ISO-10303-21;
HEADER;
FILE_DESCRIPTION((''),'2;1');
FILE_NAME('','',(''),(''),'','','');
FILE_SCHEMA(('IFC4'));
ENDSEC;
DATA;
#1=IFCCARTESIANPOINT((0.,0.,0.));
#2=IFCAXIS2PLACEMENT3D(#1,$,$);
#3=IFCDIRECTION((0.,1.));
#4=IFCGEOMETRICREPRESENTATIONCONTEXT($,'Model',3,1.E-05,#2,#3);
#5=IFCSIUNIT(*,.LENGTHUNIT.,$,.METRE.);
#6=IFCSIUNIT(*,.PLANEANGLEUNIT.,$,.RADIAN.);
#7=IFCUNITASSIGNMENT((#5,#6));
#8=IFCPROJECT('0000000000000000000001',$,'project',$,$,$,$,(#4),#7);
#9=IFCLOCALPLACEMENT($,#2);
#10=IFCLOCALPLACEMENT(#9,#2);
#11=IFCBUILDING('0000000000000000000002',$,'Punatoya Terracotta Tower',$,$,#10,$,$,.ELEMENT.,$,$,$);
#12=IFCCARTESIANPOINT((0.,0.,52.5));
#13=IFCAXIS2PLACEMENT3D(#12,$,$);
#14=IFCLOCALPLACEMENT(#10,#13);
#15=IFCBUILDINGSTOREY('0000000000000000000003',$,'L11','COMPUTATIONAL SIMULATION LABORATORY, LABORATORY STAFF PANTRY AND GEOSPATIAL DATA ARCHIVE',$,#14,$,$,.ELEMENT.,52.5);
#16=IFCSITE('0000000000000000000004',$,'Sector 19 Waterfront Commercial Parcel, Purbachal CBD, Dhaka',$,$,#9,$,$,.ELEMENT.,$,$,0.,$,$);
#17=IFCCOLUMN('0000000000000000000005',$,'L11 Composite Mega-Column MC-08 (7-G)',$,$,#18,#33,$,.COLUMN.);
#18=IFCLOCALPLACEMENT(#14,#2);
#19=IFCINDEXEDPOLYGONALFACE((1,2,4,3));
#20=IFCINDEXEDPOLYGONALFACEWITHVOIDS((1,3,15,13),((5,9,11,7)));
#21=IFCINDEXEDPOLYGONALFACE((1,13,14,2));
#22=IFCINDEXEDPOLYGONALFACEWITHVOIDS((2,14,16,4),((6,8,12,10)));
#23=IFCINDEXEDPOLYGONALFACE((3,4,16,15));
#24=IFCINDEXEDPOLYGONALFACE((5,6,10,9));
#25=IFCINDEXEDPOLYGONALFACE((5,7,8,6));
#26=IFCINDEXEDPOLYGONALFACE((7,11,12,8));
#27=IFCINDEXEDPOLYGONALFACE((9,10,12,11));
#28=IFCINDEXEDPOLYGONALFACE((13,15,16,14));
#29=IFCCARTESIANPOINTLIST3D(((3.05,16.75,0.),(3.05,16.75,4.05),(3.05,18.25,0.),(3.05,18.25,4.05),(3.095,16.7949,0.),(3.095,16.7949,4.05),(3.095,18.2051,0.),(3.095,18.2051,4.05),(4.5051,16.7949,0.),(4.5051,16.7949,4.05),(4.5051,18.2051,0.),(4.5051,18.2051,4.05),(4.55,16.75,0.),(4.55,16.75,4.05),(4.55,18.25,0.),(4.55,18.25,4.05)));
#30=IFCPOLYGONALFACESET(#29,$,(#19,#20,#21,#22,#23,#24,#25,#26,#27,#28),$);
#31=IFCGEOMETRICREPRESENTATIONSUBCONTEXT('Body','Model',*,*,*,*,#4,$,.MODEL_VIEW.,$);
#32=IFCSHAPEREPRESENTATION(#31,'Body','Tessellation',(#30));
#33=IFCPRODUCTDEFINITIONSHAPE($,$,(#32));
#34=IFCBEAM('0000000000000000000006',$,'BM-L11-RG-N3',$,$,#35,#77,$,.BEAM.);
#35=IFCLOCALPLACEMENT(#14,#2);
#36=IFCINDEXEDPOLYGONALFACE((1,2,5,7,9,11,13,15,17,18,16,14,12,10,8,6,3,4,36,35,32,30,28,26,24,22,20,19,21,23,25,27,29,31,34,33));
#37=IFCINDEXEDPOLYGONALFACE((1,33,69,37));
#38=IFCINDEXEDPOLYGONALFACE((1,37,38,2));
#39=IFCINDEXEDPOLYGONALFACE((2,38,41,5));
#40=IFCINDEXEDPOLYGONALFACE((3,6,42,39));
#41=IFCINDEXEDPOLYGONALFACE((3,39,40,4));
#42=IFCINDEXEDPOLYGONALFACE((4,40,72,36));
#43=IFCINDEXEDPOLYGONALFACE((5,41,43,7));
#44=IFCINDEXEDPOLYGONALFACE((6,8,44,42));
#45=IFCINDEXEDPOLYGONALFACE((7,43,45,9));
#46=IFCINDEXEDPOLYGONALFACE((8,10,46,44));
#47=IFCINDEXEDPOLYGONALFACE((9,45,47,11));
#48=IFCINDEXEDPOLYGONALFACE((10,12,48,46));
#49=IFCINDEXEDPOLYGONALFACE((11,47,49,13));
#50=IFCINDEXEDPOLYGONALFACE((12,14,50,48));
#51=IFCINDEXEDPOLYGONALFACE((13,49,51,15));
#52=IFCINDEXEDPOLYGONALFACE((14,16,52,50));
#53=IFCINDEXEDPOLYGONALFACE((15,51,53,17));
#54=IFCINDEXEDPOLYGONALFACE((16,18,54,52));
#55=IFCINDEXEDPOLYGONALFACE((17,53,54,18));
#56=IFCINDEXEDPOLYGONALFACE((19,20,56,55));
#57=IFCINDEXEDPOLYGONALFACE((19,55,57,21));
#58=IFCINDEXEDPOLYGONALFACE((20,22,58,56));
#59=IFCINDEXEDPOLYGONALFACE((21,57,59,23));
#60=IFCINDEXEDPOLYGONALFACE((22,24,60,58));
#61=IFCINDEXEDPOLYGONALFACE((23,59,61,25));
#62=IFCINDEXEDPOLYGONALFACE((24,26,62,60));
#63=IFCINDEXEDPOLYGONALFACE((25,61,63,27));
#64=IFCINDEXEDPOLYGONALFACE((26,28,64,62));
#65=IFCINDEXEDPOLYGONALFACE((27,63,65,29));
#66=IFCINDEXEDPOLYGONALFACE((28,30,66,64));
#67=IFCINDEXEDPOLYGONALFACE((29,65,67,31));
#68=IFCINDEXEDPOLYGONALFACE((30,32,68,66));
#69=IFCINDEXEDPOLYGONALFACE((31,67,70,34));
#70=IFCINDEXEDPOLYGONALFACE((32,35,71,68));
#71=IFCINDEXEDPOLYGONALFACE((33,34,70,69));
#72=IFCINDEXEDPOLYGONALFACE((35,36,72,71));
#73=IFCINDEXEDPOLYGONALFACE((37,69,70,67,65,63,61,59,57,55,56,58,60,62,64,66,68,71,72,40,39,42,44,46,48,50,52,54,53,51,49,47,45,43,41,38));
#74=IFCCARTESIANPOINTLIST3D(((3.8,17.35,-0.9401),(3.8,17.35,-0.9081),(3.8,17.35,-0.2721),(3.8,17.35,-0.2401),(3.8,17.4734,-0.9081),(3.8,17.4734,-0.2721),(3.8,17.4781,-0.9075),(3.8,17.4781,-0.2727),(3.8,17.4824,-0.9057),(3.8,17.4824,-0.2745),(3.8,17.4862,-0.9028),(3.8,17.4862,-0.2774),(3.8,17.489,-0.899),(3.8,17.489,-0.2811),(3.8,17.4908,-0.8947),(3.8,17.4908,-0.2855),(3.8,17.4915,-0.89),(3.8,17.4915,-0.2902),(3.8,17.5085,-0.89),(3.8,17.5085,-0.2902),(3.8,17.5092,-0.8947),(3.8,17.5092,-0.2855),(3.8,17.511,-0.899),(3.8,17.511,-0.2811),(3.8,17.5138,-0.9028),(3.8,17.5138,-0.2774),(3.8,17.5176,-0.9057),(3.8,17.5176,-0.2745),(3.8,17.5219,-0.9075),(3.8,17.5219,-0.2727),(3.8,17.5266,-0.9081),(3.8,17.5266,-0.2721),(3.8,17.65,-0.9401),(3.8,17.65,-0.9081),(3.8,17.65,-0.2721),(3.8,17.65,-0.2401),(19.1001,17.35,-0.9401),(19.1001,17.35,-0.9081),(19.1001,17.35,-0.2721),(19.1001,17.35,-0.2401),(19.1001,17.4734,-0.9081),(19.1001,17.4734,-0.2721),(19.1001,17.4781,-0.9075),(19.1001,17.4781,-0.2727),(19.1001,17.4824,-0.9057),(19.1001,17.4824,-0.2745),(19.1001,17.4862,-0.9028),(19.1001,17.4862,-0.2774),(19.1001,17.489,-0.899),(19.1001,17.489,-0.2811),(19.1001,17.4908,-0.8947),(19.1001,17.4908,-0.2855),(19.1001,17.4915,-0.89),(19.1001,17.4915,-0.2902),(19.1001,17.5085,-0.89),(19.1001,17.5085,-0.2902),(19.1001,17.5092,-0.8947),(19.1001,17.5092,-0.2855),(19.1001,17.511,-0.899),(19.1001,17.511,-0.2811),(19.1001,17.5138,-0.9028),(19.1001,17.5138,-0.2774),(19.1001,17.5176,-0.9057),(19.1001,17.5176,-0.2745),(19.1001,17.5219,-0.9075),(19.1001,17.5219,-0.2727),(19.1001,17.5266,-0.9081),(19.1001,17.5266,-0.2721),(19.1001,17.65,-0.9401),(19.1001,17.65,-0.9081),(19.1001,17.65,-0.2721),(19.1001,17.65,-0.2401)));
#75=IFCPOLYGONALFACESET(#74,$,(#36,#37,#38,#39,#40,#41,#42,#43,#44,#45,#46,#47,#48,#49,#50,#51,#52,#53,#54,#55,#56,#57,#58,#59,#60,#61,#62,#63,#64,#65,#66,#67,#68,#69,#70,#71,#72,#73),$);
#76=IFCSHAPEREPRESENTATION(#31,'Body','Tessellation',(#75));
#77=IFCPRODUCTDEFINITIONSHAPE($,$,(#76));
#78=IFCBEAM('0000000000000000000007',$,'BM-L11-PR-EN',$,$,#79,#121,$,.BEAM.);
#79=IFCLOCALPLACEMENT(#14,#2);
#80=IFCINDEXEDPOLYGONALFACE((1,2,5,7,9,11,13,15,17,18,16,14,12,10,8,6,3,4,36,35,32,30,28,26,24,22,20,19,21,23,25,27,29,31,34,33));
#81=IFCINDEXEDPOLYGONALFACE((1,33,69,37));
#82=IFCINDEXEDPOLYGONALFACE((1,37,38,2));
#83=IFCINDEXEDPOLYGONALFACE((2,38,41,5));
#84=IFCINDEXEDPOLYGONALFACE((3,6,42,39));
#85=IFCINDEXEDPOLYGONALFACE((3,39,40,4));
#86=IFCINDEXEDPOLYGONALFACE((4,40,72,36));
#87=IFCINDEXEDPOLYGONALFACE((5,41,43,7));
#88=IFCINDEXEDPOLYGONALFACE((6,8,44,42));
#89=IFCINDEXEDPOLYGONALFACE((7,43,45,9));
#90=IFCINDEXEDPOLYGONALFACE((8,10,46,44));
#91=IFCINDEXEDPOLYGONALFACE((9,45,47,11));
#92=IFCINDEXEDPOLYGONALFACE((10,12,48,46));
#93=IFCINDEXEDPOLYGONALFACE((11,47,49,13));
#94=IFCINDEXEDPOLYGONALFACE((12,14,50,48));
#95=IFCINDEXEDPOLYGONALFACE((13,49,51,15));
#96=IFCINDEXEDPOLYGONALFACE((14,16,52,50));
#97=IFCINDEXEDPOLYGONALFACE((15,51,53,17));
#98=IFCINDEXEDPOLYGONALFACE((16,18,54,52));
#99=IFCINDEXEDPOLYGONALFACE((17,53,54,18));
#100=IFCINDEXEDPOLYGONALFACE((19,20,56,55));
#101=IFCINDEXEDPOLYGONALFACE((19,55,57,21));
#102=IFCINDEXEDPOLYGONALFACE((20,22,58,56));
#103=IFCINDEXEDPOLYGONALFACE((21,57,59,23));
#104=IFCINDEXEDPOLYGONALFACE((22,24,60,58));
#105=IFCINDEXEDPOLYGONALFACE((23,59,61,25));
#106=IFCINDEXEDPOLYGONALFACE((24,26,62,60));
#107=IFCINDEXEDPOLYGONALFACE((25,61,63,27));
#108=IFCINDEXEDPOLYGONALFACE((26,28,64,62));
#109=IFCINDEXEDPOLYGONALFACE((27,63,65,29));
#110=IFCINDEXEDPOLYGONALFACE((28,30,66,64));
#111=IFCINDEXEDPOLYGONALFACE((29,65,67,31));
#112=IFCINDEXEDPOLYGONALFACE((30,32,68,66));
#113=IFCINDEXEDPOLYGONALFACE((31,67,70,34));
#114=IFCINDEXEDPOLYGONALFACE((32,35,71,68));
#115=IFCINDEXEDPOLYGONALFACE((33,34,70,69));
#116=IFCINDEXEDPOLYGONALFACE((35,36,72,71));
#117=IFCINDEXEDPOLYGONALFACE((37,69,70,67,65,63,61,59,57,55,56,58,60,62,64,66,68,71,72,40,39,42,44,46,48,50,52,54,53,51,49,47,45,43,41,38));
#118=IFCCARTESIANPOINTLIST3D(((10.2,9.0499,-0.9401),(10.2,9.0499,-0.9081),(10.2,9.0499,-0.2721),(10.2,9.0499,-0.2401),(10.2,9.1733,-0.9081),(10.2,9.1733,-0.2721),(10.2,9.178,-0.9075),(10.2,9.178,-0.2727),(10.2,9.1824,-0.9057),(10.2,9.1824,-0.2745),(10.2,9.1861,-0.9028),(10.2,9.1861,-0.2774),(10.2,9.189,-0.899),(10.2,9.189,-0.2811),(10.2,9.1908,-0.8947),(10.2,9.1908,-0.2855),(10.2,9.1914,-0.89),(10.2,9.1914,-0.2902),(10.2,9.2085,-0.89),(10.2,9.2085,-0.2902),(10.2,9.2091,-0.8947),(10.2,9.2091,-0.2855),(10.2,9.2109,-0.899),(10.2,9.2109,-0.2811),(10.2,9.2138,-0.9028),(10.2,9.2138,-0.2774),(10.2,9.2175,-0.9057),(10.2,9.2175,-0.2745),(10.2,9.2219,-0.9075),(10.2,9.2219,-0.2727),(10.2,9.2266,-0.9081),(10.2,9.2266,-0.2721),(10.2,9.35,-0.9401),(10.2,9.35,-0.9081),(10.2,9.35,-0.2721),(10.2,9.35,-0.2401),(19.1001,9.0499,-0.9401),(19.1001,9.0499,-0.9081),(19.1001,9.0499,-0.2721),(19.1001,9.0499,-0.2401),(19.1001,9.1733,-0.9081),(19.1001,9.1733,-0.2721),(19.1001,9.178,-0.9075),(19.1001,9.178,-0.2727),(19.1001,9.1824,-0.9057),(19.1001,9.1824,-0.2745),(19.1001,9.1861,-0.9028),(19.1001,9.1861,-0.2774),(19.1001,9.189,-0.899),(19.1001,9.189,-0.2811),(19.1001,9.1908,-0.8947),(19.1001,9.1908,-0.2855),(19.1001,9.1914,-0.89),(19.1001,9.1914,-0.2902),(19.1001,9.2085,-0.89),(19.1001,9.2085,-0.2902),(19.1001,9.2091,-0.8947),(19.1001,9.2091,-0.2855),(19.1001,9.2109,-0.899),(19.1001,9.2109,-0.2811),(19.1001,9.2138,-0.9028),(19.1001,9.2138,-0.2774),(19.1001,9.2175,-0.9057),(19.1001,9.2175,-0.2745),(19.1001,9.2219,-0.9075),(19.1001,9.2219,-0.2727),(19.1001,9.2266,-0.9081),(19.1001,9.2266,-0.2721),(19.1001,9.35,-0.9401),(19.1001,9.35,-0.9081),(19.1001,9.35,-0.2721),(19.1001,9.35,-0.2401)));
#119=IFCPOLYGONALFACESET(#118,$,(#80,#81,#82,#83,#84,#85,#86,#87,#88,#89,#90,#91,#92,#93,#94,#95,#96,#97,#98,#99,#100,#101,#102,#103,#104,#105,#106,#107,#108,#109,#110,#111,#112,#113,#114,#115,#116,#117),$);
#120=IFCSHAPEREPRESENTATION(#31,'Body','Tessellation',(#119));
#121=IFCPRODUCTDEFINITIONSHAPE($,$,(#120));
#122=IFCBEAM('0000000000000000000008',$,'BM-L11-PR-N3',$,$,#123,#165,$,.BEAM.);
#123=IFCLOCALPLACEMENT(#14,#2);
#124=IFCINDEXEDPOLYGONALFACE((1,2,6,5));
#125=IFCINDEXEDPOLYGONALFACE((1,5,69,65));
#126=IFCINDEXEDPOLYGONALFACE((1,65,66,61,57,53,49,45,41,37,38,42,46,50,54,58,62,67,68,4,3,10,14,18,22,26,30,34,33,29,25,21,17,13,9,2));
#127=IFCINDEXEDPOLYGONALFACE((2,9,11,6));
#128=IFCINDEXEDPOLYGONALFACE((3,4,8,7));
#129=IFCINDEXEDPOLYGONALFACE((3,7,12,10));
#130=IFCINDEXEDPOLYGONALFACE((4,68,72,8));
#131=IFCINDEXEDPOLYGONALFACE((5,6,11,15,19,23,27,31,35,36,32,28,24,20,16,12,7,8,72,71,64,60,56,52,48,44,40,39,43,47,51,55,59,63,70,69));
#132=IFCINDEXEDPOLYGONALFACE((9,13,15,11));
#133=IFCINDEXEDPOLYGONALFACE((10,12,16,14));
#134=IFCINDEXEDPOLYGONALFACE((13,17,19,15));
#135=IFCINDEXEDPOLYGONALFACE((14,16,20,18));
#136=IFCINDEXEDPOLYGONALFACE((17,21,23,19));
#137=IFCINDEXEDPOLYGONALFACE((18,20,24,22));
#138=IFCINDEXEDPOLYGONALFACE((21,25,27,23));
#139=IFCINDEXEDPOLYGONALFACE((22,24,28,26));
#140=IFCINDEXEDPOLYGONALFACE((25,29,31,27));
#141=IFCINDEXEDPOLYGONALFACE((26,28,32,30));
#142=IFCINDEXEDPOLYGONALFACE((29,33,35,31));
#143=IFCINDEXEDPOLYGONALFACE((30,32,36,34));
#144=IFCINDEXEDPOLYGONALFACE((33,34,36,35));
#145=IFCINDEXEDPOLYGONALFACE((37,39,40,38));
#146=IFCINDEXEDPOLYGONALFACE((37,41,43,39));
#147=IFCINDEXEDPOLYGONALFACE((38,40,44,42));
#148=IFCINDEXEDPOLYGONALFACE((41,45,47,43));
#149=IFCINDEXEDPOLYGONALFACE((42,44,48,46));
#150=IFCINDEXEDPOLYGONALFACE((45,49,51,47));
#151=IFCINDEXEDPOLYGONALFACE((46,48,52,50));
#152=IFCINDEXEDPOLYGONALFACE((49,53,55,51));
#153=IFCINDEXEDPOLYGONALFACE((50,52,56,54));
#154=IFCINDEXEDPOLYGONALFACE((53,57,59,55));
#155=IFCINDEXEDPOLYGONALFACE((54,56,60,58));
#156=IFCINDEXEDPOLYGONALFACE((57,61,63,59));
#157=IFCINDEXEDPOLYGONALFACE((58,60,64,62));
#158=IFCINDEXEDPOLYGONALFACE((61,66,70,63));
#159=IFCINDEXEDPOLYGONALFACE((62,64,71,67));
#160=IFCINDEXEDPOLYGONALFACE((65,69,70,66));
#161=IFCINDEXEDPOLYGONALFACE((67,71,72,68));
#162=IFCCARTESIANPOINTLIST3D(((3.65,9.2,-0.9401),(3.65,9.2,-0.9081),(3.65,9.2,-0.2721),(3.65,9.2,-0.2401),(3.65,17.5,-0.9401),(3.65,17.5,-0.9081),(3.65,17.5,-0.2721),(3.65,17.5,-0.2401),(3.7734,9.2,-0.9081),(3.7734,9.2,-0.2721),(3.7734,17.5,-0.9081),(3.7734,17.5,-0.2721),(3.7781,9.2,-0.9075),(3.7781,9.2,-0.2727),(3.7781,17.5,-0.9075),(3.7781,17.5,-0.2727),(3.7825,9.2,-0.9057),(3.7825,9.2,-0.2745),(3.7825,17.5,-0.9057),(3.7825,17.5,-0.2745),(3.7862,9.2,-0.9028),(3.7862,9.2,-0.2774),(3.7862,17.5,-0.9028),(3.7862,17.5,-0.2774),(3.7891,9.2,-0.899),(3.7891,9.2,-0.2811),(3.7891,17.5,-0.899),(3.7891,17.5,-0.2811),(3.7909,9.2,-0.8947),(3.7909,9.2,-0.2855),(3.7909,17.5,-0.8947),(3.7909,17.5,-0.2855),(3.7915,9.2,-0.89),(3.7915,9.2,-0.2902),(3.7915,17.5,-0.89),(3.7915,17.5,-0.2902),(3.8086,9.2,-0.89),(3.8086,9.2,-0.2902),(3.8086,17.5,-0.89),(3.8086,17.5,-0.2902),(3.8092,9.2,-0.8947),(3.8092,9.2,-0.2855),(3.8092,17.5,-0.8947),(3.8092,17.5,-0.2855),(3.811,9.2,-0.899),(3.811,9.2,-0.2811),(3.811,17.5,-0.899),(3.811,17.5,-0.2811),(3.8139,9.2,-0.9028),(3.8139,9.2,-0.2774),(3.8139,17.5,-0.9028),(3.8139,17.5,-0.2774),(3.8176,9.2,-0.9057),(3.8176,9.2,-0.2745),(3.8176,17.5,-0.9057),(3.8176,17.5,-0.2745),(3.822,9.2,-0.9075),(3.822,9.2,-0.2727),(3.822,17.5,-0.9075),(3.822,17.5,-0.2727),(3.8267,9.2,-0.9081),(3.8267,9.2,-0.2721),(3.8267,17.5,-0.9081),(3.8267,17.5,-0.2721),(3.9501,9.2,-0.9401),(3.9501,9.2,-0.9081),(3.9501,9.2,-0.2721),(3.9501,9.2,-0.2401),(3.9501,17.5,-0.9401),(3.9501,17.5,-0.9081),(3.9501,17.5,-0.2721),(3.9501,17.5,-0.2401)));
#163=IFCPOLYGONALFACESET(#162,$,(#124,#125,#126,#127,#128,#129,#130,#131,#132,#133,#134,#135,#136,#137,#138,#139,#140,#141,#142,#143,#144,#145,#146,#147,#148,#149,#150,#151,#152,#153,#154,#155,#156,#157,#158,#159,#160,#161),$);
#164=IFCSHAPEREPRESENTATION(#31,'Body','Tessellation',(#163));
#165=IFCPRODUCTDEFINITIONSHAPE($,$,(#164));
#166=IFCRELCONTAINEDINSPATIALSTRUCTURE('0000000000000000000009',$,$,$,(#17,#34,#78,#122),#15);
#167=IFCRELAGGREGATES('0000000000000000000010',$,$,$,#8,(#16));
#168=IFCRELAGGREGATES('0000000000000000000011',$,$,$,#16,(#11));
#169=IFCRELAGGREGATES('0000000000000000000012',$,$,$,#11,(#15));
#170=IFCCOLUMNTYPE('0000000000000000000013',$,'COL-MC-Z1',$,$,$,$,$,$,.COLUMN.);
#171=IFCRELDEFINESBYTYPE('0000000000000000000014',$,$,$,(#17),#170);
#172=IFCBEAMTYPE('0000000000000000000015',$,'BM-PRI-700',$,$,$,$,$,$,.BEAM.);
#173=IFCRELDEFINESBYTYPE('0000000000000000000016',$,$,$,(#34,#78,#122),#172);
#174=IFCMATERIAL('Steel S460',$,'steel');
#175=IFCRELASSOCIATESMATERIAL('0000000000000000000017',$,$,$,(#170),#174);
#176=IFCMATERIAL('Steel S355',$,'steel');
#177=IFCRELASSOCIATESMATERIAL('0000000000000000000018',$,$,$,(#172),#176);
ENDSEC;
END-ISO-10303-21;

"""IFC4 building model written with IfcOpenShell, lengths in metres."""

from ifc_helpers import new_model, si_unit, direction, frame, origin, origin_2d, place, context, subcontext, project, spatial, hollow_rectangle, i_section, extrude, material, material_profile, profile_set, type_object, element, save


model = new_model("IFC4")

# Units and contexts
model_context = context("Model", 3, precision=1e-05, world=origin(), true_north=direction((0.0, 1.0)))
body_context = subcontext(model_context, "Body", "Model", "MODEL_VIEW")
ifc_project = project(units=[si_unit("LENGTHUNIT", "METRE"), si_unit("PLANEANGLEUNIT", "RADIAN")], contexts=[model_context])

# Site, building, storey
site_placement = place(None, origin())
site = spatial("IfcSite", under=ifc_project, at=site_placement, Name="Sector 19 Waterfront Commercial Parcel, Purbachal CBD, Dhaka", CompositionType="ELEMENT", RefElevation=0.0)
building_placement = place(site_placement, origin())
building = spatial("IfcBuilding", under=site, at=building_placement, Name="Punatoya Terracotta Tower", CompositionType="ELEMENT")
storey_placement = place(building_placement, frame((0.0, 0.0, 52.5)))
storey = spatial("IfcBuildingStorey", under=building, at=storey_placement, Name="L11", Description="COMPUTATIONAL SIMULATION LABORATORY, LABORATORY STAFF PANTRY AND GEOSPATIAL DATA ARCHIVE", CompositionType="ELEMENT", Elevation=52.5)

# Column
ifc_material_1 = material(Name="Steel S460", Category="steel")
ifc_material_profile_1 = material_profile(ifc_material_1, hollow_rectangle(XDim=1.5, YDim=1.5, WallThickness=0.0449, at=origin_2d()))
ifc_profile_set_1 = profile_set([ifc_material_profile_1], Name="Steel S460")
column_type = type_object("IfcColumnType", Name="COL-MC-Z1", PredefinedType="COLUMN", material=ifc_profile_set_1)
column_placement = place(storey_placement, frame((3.8, 17.5, 0.0), z_axis=(0.0, 0.0, 1.0), x_axis=(1.0, 0.0, 0.0)))
element("IfcColumn", 1, at=column_placement, inside=storey, type_object=column_type, Name="L11 Composite Mega-Column MC-08 (7-G)", PredefinedType="COLUMN", context=body_context, shape_type="SweptSolid", body=[
    extrude(hollow_rectangle(XDim=1.5, YDim=1.5, WallThickness=0.0449, at=origin_2d()), origin(), (0.0, 0.0, 1.0), 4.05),
])

# Beams
ifc_material_2 = material(Name="Steel S355", Category="steel")
ifc_material_profile_2 = material_profile(ifc_material_2, i_section(OverallWidth=0.3, OverallDepth=0.7, WebThickness=0.0171, FlangeThickness=0.032, FilletRadius=0.0181, at=origin_2d()))
ifc_profile_set_2 = profile_set([ifc_material_profile_2], Name="Steel S355")
beam_type_1 = type_object("IfcBeamType", Name="BM-PRI-700", PredefinedType="BEAM", material=ifc_profile_set_2)
beam_1_placement = place(storey_placement, frame((3.8, 17.5, -0.5901), z_axis=(1.0, 0.0, 0.0), x_axis=(0.0, 1.0, 0.0)))
element("IfcBeam", 2, at=beam_1_placement, inside=storey, type_object=beam_type_1, Name="BM-L11-RG-N3", PredefinedType="BEAM", context=body_context, shape_type="SweptSolid", body=[
    extrude(i_section(OverallWidth=0.3, OverallDepth=0.7, WebThickness=0.0171, FlangeThickness=0.032, FilletRadius=0.0181, at=origin_2d()), origin(), (0.0, 0.0, 1.0), 15.3),
])
beam_2_placement = place(storey_placement, frame((10.2, 9.2, -0.5901), z_axis=(1.0, 0.0, 0.0), x_axis=(0.0, 1.0, 0.0)))
element("IfcBeam", 3, at=beam_2_placement, inside=storey, type_object=beam_type_1, Name="BM-L11-PR-EN", PredefinedType="BEAM", context=body_context, shape_type="SweptSolid", body=[
    extrude(i_section(OverallWidth=0.3, OverallDepth=0.7, WebThickness=0.0171, FlangeThickness=0.032, FilletRadius=0.0181, at=origin_2d()), origin(), (0.0, 0.0, 1.0), 8.9001),
])
for number, where, z_axis, x_axis, name in (
    (4, (3.8, 9.2, -0.5901), (0.0, 1.0, 0.0), (-1.0, 0.0, 0.0), "BM-L11-PR-N3"),
):
    element("IfcBeam", number, at=place(storey_placement, frame(where, z_axis=z_axis, x_axis=x_axis)), inside=storey, type_object=beam_type_1, Name=name, PredefinedType="BEAM", context=body_context, shape_type="SweptSolid", body=[
        extrude(i_section(OverallWidth=0.3, OverallDepth=0.7, WebThickness=0.0171, FlangeThickness=0.032, FilletRadius=0.0181, at=origin_2d()), origin(), (0.0, 0.0, 1.0), 8.3),
    ])

save(model, "model.ifc")
